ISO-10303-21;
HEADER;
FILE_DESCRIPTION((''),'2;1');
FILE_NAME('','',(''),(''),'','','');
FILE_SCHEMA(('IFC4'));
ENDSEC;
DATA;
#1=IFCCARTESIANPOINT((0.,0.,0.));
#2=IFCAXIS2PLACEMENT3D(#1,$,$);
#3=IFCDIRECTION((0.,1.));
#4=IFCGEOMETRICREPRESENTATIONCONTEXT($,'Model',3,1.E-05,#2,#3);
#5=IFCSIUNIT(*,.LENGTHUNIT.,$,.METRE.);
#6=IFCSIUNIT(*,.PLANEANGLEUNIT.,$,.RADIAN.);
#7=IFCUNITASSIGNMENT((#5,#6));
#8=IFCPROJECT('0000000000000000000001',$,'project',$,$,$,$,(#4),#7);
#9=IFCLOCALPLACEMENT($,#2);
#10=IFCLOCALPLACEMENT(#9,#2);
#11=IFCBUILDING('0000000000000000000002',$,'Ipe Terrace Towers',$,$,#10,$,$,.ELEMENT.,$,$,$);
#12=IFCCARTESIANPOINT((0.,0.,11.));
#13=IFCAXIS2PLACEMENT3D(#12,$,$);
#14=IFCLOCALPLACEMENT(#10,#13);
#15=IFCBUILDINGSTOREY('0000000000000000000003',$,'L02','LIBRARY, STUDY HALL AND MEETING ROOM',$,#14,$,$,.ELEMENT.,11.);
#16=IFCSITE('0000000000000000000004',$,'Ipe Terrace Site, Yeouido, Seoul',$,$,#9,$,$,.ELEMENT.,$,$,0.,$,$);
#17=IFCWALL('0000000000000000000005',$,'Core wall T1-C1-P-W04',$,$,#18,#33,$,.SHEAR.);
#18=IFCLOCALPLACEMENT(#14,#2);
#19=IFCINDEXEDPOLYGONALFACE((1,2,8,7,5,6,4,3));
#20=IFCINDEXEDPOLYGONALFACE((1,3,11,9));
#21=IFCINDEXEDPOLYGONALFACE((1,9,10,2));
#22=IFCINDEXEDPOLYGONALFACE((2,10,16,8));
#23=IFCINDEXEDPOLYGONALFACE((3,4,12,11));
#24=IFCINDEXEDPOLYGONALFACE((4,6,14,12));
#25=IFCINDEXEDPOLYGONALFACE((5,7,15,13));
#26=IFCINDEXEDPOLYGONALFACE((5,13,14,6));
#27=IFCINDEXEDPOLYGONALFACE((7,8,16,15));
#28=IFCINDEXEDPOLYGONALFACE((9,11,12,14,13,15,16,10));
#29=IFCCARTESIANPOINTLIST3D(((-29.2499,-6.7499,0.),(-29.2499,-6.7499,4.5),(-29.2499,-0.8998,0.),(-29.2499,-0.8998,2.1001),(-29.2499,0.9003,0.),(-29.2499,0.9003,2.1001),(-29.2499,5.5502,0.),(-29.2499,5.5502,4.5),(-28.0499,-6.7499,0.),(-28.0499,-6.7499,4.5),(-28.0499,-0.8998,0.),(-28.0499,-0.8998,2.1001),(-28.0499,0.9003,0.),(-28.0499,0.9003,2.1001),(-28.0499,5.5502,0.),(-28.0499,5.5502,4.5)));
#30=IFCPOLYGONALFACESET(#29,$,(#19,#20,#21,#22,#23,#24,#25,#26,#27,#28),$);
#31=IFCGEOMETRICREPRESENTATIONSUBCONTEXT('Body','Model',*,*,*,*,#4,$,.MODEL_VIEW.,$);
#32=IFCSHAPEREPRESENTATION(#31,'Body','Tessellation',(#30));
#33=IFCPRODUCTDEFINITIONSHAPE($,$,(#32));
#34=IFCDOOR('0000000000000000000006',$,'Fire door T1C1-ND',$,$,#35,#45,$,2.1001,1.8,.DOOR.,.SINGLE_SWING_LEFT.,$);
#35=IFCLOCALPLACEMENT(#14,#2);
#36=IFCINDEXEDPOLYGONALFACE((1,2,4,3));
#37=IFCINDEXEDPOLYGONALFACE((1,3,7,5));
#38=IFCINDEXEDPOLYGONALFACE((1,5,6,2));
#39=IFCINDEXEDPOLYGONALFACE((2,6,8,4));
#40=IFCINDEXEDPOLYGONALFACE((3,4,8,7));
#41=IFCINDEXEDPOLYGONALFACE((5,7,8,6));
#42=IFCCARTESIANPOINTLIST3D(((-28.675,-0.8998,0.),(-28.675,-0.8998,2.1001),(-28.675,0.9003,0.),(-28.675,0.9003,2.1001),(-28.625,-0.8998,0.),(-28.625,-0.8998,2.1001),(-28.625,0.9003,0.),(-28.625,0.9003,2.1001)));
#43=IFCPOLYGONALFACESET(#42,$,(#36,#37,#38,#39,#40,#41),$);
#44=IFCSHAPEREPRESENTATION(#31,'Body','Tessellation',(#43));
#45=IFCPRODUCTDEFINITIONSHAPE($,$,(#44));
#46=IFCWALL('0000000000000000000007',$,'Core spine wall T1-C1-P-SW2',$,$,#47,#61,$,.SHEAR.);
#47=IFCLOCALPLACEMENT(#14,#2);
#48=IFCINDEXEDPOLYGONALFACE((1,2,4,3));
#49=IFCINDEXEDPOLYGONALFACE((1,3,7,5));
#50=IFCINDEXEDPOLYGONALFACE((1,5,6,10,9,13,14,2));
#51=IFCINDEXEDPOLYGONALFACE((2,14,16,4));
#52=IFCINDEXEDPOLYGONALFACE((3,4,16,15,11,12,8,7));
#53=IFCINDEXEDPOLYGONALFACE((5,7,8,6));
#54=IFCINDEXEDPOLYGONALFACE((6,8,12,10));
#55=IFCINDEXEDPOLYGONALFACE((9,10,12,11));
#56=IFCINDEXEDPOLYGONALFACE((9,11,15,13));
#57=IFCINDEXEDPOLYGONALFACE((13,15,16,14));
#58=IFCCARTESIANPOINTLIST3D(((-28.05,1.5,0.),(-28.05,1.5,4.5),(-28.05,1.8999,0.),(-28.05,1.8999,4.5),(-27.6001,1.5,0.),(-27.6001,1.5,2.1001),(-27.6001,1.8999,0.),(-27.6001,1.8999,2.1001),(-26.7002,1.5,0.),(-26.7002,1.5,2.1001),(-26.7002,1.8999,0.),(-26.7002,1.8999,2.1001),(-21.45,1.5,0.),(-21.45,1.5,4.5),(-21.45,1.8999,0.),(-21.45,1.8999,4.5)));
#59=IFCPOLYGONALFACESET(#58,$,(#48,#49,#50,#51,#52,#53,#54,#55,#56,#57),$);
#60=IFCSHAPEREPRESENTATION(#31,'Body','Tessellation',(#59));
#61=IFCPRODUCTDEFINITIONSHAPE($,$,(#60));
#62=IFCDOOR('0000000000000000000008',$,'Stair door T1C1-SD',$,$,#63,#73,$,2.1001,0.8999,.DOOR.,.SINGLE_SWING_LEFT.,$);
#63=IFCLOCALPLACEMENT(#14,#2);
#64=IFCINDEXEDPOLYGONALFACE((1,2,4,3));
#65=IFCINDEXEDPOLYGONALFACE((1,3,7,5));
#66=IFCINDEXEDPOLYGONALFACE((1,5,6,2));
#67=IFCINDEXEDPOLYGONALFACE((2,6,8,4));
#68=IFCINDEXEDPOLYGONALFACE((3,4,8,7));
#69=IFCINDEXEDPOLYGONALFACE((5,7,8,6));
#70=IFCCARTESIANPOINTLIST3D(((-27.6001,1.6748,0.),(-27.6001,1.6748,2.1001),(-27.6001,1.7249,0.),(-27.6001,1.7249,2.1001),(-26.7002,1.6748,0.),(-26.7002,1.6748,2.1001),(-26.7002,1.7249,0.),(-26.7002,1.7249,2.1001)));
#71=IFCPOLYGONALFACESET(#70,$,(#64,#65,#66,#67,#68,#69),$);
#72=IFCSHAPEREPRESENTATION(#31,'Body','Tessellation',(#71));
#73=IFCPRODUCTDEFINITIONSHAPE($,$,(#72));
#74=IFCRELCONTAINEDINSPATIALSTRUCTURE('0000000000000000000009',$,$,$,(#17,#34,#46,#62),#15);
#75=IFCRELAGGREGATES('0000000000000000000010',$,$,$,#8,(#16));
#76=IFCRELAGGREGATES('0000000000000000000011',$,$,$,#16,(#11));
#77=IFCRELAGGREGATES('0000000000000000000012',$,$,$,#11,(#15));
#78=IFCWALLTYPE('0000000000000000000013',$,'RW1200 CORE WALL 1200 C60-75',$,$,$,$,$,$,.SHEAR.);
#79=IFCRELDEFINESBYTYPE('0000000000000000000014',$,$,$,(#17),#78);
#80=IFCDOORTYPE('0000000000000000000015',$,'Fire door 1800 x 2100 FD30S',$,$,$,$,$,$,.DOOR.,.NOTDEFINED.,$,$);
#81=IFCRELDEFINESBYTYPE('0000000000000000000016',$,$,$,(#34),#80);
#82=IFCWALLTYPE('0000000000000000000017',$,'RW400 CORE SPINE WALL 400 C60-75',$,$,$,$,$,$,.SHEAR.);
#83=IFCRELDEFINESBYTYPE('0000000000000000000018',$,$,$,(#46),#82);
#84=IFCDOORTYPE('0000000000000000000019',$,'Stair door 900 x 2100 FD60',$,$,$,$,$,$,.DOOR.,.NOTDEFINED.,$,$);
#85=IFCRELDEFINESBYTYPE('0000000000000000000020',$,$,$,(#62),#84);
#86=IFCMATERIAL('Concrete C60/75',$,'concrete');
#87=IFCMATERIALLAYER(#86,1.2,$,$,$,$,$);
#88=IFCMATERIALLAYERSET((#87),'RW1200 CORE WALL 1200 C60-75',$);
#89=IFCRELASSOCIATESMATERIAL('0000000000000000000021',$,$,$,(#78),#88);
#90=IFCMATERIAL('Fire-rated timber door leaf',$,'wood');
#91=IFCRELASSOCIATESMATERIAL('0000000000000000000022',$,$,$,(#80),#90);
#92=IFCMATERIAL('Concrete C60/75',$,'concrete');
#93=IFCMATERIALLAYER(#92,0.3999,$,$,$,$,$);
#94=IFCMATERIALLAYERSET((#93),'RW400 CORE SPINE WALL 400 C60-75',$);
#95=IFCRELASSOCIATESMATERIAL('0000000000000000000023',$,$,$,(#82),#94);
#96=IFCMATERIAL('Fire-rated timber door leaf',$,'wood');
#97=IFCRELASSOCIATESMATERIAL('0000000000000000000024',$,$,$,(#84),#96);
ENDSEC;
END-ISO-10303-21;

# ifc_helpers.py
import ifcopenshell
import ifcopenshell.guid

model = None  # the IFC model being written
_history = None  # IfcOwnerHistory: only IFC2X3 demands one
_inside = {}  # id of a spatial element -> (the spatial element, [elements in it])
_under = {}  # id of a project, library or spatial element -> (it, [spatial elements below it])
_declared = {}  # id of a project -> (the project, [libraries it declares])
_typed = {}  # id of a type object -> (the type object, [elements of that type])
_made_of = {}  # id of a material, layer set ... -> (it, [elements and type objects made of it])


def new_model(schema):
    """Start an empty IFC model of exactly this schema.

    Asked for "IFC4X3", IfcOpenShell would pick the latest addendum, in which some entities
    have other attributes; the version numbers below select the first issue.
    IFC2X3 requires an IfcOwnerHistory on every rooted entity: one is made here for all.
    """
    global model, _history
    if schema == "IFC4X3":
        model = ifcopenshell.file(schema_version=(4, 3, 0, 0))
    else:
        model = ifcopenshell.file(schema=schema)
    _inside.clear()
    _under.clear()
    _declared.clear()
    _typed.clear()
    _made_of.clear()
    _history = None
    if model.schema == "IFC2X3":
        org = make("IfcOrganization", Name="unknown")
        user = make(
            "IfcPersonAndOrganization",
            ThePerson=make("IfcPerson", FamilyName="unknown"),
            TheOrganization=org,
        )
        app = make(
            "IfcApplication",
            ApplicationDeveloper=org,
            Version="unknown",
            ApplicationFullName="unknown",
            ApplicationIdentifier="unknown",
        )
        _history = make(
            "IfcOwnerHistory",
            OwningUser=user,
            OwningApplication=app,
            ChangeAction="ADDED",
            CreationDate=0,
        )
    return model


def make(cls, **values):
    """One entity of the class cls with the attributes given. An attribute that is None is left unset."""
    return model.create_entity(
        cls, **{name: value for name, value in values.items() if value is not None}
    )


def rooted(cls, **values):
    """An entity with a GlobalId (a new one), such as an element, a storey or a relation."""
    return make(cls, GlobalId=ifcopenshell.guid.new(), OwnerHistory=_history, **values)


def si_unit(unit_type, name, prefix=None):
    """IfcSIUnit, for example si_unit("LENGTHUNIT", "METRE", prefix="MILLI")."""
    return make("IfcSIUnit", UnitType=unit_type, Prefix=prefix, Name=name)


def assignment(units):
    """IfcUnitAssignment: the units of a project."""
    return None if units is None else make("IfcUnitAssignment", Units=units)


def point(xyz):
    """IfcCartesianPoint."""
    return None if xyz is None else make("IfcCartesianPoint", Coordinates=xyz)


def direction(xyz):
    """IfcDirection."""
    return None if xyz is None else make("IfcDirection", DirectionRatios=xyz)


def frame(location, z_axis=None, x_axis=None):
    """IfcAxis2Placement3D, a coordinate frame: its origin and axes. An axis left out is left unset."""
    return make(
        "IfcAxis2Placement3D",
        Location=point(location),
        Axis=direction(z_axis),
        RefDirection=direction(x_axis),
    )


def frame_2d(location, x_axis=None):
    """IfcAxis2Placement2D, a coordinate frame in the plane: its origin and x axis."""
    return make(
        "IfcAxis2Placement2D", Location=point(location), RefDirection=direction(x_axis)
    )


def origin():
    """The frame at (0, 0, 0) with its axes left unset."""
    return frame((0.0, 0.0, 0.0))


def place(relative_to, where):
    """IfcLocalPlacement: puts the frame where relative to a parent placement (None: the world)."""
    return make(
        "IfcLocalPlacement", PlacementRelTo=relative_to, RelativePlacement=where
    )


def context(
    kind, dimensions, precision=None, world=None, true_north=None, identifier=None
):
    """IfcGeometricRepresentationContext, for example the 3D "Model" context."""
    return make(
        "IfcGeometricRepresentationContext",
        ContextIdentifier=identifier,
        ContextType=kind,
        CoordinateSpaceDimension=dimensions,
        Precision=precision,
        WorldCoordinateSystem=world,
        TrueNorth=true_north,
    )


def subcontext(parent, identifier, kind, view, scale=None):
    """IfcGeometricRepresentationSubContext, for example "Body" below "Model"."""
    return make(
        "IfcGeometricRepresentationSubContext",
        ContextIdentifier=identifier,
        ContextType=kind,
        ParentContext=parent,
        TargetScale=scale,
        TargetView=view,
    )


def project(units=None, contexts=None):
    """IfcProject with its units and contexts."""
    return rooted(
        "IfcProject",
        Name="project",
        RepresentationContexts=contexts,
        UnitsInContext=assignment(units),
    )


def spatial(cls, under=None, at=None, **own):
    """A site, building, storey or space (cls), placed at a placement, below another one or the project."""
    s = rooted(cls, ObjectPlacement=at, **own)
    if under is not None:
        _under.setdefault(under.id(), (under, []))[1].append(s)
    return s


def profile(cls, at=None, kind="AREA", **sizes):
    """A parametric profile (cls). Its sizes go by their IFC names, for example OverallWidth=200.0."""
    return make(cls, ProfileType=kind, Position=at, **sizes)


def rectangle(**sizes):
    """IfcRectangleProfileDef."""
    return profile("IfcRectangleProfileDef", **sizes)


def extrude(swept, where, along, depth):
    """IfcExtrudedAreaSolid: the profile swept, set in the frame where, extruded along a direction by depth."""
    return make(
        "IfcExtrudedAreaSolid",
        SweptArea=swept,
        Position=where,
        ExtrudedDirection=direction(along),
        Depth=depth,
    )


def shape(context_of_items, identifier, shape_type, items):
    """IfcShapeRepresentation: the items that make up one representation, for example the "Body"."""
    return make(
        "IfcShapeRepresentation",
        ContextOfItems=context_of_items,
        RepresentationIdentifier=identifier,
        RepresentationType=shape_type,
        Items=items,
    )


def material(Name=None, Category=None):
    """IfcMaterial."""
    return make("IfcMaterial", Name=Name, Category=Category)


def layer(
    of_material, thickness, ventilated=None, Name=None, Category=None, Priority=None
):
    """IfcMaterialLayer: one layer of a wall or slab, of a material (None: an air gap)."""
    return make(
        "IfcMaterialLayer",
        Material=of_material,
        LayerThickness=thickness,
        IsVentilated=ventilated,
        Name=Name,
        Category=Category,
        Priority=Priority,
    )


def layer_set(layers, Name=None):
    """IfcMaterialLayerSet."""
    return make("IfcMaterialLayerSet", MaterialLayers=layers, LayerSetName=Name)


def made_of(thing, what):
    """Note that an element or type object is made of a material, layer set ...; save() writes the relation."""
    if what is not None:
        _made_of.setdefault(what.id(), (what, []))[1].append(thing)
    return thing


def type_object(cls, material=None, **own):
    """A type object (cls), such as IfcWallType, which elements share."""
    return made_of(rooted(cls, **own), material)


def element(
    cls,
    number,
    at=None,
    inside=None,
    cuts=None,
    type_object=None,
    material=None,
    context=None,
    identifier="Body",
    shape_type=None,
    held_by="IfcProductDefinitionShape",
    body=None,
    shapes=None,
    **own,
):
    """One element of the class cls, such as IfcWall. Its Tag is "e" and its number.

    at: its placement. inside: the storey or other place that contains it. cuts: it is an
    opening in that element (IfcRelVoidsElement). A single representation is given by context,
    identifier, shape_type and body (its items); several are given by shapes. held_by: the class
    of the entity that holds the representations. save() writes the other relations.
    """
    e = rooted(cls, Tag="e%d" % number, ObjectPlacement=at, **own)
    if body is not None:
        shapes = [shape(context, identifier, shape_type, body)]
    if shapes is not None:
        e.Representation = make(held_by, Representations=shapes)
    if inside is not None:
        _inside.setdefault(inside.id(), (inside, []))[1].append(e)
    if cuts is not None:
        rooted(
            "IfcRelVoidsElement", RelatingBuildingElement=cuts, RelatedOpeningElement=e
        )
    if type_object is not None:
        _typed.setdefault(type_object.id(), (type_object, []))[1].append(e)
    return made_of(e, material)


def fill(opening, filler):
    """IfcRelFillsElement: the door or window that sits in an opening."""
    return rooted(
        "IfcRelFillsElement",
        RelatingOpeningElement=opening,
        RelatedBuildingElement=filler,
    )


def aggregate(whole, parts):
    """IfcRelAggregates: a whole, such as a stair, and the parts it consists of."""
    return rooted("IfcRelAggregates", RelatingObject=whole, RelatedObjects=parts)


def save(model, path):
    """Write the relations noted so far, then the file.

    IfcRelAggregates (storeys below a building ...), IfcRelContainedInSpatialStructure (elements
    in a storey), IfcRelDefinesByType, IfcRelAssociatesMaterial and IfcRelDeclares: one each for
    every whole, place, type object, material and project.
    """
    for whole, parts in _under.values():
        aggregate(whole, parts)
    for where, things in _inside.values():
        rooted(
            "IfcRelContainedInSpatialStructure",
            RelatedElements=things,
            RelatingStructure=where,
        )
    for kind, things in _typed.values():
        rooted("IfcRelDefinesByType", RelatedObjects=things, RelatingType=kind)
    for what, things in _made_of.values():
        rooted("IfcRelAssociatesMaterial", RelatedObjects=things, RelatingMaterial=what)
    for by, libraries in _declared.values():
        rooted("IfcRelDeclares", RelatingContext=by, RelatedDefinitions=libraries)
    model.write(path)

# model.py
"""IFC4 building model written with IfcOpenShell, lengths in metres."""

from ifc_helpers import new_model, si_unit, direction, frame, frame_2d, origin, place, context, subcontext, project, spatial, rectangle, extrude, material, layer, layer_set, type_object, element, fill, save


model = new_model("IFC4")

# Units and contexts
model_context = context("Model", 3, precision=1e-05, world=origin(), true_north=direction((0.0, 1.0)))
body_context = subcontext(model_context, "Body", "Model", "MODEL_VIEW")
ifc_project = project(units=[si_unit("LENGTHUNIT", "METRE"), si_unit("PLANEANGLEUNIT", "RADIAN")], contexts=[model_context])

# Site, building, storey
site_placement = place(None, origin())
site = spatial("IfcSite", under=ifc_project, at=site_placement, Name="Ipe Terrace Site, Yeouido, Seoul", CompositionType="ELEMENT", RefElevation=0.0)
building_placement = place(site_placement, origin())
building = spatial("IfcBuilding", under=site, at=building_placement, Name="Ipe Terrace Towers", CompositionType="ELEMENT")
storey_placement = place(building_placement, frame((0.0, 0.0, 11.0)))
storey = spatial("IfcBuildingStorey", under=building, at=storey_placement, Name="L02", Description="LIBRARY, STUDY HALL AND MEETING ROOM", CompositionType="ELEMENT", Elevation=11.0)

# Walls, openings, doors
ifc_material_1 = material(Name="Concrete C60/75", Category="concrete")
ifc_layer_1 = layer(ifc_material_1, 1.2)
ifc_layer_set_1 = layer_set([ifc_layer_1], Name="RW1200 CORE WALL 1200 C60-75")
wall_type_1 = type_object("IfcWallType", Name="RW1200 CORE WALL 1200 C60-75", PredefinedType="SHEAR", material=ifc_layer_set_1)
wall_1_placement = place(storey_placement, frame((-28.6499, 5.55, 0.0), z_axis=(0.0, 0.0, 1.0), x_axis=(0.0, -1.0, 0.0)))
wall_1 = element("IfcWall", 1, at=wall_1_placement, inside=storey, type_object=wall_type_1, Name="Core wall T1-C1-P-W04", PredefinedType="SHEAR", context=body_context, shape_type="SweptSolid", body=[
    extrude(rectangle(XDim=12.3, YDim=1.2, at=frame_2d((6.1499, 0.0))), origin(), (0.0, 0.0, 1.0), 4.5),
])
opening_1_placement = place(wall_1_placement, frame((4.6499, 0.0, 0.0)))
opening_1 = element("IfcOpeningElement", 2, at=opening_1_placement, cuts=wall_1, PredefinedType="OPENING", context=body_context, shape_type="SweptSolid", body=[
    extrude(rectangle(XDim=1.8, YDim=2.1001, at=frame_2d((0.8999, 1.05))), frame((0.0, 0.6099, 0.0), z_axis=(0.0, -1.0, 0.0), x_axis=(1.0, 0.0, 0.0)), (0.0, 0.0, 1.0), 1.22),
])
ifc_material_2 = material(Name="Fire-rated timber door leaf", Category="wood")
door_type_1 = type_object("IfcDoorType", Name="Fire door 1800 x 2100 FD30S", OperationType="NOTDEFINED", PredefinedType="DOOR", material=ifc_material_2)
door_1_placement = place(opening_1_placement, origin())
door_1 = element("IfcDoor", 3, at=door_1_placement, inside=storey, type_object=door_type_1, Name="Fire door T1C1-ND", OperationType="SINGLE_SWING_LEFT", OverallHeight=2.1001, OverallWidth=1.8, PredefinedType="DOOR", context=body_context, shape_type="SweptSolid", body=[
    extrude(rectangle(XDim=1.8, YDim=2.1001, at=frame_2d((0.8999, 1.05))), frame((0.0, 0.0249, 0.0), z_axis=(0.0, -1.0, 0.0), x_axis=(1.0, 0.0, 0.0)), (0.0, 0.0, 1.0), 0.05),
])
fill(opening_1, door_1)
ifc_material_3 = material(Name="Concrete C60/75", Category="concrete")
ifc_layer_2 = layer(ifc_material_3, 0.3999)
ifc_layer_set_2 = layer_set([ifc_layer_2], Name="RW400 CORE SPINE WALL 400 C60-75")
wall_type_2 = type_object("IfcWallType", Name="RW400 CORE SPINE WALL 400 C60-75", PredefinedType="SHEAR", material=ifc_layer_set_2)
wall_2_placement = place(storey_placement, frame((-28.05, 1.7, 0.0), z_axis=(0.0, 0.0, 1.0), x_axis=(1.0, 0.0, 0.0)))
wall_2 = element("IfcWall", 4, at=wall_2_placement, inside=storey, type_object=wall_type_2, Name="Core spine wall T1-C1-P-SW2", PredefinedType="SHEAR", context=body_context, shape_type="SweptSolid", body=[
    extrude(rectangle(XDim=6.6001, YDim=0.3999, at=frame_2d((3.3, 0.0))), origin(), (0.0, 0.0, 1.0), 4.5),
])
opening_2_placement = place(wall_2_placement, frame((0.45, 0.0, 0.0)))
opening_2 = element("IfcOpeningElement", 5, at=opening_2_placement, cuts=wall_2, PredefinedType="OPENING", context=body_context, shape_type="SweptSolid", body=[
    extrude(rectangle(XDim=0.8999, YDim=2.1001, at=frame_2d((0.45, 1.05))), frame((0.0, 0.21, 0.0), z_axis=(0.0, -1.0, 0.0), x_axis=(1.0, 0.0, 0.0)), (0.0, 0.0, 1.0), 0.4199),
])
ifc_material_4 = material(Name="Fire-rated timber door leaf", Category="wood")
door_type_2 = type_object("IfcDoorType", Name="Stair door 900 x 2100 FD60", OperationType="NOTDEFINED", PredefinedType="DOOR", material=ifc_material_4)
door_2_placement = place(opening_2_placement, origin())
door_2 = element("IfcDoor", 6, at=door_2_placement, inside=storey, type_object=door_type_2, Name="Stair door T1C1-SD", OperationType="SINGLE_SWING_LEFT", OverallHeight=2.1001, OverallWidth=0.8999, PredefinedType="DOOR", context=body_context, shape_type="SweptSolid", body=[
    extrude(rectangle(XDim=0.8999, YDim=2.1001, at=frame_2d((0.45, 1.05))), frame((0.0, 0.0249, 0.0), z_axis=(0.0, -1.0, 0.0), x_axis=(1.0, 0.0, 0.0)), (0.0, 0.0, 1.0), 0.05),
])
fill(opening_2, door_2)

save(model, "model.ifc")
